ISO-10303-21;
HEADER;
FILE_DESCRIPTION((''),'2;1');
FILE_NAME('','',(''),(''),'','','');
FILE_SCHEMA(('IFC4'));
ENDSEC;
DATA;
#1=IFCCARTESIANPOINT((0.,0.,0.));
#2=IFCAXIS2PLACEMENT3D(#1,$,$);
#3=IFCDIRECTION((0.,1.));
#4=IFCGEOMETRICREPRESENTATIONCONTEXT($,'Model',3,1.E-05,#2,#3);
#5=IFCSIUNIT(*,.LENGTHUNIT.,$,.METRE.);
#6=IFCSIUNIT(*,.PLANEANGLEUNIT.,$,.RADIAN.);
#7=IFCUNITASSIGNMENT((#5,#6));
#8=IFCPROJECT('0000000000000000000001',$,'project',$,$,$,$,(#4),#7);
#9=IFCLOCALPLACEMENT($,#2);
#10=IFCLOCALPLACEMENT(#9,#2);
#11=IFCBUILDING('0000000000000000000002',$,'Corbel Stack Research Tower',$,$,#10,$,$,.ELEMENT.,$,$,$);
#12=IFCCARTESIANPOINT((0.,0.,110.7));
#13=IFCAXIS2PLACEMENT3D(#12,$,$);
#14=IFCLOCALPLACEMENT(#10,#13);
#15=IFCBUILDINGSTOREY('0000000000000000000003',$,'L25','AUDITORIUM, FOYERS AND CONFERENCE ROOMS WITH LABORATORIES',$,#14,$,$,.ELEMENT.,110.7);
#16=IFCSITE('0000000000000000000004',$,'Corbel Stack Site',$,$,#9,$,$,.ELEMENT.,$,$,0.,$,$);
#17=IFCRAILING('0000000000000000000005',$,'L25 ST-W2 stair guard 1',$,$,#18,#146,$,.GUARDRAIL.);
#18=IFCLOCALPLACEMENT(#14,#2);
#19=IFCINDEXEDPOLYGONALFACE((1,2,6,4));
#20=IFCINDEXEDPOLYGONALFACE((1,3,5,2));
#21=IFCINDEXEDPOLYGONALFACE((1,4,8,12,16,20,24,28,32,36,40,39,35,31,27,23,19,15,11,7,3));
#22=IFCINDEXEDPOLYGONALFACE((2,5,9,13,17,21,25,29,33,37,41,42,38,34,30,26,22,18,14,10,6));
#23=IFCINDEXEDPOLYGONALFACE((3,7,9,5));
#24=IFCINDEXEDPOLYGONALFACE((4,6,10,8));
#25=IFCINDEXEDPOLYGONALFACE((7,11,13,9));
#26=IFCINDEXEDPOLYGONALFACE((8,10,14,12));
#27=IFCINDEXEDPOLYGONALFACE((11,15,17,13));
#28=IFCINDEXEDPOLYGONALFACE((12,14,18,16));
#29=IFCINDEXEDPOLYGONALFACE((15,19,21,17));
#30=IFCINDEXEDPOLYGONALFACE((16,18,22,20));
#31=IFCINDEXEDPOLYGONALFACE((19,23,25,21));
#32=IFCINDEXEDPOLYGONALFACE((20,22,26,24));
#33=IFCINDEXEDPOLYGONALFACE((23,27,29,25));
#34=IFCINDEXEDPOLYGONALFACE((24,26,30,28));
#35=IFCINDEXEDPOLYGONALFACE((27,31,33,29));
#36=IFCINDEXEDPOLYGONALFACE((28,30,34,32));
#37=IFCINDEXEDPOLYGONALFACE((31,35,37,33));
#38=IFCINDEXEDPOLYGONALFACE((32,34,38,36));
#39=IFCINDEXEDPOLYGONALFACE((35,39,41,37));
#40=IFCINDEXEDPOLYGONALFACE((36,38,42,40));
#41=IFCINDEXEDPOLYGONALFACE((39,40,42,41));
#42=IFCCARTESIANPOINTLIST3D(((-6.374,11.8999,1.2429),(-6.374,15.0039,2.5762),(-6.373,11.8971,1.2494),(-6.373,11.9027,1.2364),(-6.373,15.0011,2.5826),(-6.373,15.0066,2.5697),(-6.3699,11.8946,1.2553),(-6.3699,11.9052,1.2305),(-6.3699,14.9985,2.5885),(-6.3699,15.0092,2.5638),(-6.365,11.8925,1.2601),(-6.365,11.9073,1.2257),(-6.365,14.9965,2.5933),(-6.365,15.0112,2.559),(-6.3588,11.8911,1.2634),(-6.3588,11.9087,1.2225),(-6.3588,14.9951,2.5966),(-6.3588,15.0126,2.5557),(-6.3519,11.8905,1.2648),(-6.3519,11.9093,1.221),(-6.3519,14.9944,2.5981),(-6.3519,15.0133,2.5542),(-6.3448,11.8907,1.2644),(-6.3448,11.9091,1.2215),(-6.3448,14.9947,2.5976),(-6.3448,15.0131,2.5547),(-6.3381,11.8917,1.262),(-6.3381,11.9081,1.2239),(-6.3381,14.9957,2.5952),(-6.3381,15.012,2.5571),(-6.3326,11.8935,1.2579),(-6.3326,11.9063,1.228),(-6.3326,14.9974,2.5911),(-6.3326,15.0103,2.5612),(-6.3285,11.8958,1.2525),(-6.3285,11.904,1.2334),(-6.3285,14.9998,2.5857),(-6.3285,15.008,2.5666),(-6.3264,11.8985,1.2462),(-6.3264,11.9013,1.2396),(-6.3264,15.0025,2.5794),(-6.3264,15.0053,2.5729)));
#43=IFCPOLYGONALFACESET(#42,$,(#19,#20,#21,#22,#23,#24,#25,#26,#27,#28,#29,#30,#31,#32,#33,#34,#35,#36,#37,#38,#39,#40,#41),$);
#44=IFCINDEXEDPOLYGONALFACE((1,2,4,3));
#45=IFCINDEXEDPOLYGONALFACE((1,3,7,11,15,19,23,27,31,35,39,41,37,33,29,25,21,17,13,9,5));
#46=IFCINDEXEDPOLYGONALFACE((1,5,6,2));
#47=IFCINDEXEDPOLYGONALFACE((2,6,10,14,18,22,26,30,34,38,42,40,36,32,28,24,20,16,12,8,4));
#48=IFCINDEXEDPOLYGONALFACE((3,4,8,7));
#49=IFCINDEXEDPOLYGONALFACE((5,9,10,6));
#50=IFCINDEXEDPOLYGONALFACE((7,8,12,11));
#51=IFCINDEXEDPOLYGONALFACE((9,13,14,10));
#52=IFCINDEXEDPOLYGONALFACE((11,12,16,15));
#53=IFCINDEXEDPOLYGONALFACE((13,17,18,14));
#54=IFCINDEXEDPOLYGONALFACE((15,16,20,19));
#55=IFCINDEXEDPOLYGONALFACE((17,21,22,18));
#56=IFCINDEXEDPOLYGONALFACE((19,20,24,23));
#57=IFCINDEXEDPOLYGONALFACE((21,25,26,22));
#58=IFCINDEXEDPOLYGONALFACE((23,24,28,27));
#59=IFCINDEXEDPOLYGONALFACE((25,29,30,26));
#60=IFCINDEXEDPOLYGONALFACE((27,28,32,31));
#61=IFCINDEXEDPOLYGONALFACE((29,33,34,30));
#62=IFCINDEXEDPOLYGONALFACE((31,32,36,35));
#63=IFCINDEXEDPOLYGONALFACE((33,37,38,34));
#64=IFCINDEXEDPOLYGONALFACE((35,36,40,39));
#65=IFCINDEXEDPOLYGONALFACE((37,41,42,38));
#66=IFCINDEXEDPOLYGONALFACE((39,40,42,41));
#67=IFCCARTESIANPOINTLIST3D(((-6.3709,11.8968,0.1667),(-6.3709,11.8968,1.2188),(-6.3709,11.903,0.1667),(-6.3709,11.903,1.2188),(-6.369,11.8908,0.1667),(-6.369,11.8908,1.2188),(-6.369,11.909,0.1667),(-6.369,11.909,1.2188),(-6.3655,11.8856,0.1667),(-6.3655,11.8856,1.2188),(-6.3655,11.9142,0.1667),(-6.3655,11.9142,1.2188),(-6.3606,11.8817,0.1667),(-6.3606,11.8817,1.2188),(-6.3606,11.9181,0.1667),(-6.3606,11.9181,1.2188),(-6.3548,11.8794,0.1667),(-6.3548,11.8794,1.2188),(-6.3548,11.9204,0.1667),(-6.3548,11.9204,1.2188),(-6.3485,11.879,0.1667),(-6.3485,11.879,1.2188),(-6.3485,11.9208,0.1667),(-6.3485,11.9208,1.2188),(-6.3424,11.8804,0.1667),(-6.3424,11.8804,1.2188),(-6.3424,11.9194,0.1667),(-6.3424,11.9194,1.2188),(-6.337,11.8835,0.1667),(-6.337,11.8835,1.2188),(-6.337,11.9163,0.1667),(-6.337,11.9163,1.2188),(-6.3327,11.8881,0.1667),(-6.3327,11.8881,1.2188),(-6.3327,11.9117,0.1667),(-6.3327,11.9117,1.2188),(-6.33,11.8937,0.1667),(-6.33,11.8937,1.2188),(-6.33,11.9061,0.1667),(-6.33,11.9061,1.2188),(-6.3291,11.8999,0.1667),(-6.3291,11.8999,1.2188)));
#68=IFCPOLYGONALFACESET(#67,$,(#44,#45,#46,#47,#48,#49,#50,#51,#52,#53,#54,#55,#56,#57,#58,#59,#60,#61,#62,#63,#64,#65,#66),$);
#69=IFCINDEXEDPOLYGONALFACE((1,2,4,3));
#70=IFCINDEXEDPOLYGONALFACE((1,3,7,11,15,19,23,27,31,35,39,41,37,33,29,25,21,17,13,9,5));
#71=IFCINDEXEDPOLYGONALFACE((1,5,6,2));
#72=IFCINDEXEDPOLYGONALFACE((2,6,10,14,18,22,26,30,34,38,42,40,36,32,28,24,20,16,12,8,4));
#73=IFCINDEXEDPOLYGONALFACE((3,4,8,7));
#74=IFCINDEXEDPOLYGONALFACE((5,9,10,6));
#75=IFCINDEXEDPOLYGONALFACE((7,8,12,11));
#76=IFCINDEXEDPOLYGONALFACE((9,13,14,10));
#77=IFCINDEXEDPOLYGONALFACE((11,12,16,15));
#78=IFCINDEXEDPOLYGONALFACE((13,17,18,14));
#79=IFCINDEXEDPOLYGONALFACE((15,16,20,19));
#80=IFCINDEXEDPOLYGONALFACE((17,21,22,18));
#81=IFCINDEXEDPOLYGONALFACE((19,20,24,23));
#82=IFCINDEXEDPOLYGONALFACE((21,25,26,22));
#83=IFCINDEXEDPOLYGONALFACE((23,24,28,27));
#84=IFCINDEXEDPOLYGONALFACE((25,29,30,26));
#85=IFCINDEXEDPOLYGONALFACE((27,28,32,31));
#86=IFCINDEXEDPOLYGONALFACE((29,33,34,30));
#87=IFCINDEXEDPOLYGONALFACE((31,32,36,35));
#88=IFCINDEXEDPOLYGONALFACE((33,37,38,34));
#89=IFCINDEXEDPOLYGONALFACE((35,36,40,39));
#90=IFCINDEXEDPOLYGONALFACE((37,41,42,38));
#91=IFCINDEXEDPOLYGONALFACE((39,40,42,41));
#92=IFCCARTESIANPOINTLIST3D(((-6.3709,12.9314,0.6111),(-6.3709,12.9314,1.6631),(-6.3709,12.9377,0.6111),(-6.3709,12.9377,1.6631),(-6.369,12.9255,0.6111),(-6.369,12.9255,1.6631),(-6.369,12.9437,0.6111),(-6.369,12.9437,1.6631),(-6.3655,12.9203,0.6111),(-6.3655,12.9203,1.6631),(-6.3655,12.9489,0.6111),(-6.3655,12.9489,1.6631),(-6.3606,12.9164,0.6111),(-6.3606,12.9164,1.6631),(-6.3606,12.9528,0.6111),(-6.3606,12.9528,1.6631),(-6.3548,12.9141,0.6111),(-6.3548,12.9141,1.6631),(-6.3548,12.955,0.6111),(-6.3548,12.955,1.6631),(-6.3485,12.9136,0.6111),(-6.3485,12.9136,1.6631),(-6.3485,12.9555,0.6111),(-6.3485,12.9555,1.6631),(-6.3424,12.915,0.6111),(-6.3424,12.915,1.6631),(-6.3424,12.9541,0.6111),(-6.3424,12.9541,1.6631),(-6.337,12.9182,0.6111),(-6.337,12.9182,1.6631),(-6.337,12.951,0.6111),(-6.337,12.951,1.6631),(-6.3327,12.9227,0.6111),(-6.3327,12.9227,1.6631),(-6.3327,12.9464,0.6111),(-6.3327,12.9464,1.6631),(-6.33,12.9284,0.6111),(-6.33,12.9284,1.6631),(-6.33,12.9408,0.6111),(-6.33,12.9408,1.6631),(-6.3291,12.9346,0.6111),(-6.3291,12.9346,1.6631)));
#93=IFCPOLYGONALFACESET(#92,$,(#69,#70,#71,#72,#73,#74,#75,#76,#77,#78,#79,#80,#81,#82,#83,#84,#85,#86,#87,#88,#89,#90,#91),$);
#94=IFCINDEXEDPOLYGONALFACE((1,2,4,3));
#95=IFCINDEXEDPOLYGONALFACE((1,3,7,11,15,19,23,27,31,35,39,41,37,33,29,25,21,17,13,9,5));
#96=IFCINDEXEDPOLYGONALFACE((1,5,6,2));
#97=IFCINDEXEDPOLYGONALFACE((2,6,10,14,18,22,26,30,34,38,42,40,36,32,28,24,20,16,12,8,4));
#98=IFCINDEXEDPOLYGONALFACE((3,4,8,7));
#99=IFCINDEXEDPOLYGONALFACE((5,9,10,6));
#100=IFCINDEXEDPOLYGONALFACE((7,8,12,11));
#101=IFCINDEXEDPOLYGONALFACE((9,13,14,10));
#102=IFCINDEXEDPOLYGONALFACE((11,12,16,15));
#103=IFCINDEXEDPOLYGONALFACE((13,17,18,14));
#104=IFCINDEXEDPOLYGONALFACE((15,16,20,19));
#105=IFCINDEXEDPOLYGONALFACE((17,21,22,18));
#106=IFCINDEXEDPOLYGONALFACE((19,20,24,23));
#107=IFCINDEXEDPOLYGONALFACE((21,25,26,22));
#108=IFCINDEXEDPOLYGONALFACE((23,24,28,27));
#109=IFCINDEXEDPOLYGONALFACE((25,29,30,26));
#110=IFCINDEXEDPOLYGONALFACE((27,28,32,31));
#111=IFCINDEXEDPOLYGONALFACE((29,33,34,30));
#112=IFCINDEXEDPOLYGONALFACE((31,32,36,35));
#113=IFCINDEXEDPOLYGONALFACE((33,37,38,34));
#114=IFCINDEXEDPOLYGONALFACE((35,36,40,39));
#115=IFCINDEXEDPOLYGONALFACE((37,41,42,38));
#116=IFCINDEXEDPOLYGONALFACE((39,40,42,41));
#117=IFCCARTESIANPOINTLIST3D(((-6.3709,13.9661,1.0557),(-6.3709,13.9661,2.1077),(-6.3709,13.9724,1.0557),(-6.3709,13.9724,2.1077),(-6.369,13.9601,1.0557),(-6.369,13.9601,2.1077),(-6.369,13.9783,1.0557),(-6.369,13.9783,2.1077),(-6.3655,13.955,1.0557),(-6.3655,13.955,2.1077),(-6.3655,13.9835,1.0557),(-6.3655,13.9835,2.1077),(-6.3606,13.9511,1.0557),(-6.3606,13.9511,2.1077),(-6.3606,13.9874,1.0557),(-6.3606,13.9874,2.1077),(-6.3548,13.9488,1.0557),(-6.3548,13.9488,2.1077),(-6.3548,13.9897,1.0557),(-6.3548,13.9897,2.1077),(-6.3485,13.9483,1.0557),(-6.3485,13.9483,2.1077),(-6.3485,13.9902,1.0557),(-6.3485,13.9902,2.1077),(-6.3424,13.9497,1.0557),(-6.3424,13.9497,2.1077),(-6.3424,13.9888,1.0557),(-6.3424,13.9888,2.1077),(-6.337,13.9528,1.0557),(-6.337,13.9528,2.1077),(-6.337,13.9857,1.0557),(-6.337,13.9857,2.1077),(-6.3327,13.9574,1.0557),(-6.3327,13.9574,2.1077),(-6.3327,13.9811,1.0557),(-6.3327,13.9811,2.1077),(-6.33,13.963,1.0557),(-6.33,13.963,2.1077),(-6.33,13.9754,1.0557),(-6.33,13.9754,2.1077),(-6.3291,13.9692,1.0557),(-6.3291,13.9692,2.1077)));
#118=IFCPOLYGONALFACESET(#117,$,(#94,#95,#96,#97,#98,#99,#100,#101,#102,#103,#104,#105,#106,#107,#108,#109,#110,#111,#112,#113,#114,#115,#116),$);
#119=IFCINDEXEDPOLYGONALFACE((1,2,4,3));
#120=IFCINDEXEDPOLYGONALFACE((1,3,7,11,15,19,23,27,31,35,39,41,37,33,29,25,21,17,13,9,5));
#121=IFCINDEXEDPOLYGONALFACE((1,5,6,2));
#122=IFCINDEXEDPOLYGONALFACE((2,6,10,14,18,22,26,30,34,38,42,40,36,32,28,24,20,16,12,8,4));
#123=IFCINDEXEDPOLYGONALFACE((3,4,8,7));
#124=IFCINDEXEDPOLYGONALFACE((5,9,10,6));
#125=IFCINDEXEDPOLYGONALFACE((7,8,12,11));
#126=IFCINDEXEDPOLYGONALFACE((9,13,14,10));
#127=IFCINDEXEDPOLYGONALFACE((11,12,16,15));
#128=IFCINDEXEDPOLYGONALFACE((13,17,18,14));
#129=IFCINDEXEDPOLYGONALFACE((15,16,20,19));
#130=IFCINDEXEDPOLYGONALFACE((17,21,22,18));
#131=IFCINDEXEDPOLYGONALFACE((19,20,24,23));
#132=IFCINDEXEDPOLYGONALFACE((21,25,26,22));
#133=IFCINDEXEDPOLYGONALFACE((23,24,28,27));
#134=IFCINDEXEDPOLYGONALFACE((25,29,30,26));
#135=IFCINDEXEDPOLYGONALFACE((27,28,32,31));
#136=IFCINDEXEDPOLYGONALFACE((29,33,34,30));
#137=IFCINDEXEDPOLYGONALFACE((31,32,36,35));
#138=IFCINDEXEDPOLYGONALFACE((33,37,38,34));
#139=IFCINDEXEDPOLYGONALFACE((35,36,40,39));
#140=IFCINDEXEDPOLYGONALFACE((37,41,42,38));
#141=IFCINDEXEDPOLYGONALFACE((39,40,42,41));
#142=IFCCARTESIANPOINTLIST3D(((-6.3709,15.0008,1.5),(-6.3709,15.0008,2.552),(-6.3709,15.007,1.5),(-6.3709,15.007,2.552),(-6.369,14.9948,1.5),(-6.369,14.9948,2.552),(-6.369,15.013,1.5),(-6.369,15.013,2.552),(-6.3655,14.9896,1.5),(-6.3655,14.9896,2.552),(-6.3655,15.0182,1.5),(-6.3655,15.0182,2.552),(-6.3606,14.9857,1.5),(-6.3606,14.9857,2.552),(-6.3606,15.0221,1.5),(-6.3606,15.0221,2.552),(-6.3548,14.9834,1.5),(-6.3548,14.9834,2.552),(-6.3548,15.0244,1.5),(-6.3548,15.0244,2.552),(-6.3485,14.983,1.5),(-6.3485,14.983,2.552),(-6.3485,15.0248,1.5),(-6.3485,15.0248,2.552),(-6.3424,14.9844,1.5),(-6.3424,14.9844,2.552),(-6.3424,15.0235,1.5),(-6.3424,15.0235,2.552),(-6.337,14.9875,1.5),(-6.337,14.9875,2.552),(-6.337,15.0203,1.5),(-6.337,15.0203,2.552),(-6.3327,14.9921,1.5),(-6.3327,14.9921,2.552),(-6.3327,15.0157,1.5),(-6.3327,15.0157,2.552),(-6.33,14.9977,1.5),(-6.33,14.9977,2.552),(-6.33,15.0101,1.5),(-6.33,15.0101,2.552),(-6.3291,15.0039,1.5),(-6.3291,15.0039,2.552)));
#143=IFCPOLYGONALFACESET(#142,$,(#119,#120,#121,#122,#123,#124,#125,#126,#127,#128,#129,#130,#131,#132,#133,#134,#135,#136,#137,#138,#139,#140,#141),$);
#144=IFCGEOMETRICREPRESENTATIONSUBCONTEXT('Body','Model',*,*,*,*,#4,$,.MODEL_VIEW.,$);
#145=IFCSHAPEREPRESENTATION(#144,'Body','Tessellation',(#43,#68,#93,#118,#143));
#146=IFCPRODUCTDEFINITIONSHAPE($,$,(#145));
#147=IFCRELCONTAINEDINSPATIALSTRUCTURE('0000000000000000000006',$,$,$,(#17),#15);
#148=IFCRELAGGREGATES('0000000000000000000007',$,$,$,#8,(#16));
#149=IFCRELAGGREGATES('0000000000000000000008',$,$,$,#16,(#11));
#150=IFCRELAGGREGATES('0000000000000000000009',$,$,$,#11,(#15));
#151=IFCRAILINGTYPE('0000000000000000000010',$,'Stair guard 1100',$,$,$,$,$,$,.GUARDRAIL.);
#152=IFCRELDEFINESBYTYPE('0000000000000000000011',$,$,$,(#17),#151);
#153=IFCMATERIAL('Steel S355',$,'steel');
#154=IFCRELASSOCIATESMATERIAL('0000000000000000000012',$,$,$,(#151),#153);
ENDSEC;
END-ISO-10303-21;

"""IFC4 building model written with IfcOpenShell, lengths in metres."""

from ifc_helpers import new_model, si_unit, direction, frame, origin, origin_2d, place, context, subcontext, project, spatial, circle, extrude, material, type_object, element, save


model = new_model("IFC4")

# Units and contexts
model_context = context("Model", 3, precision=1e-05, world=origin(), true_north=direction((0.0, 1.0)))
body_context = subcontext(model_context, "Body", "Model", "MODEL_VIEW")
ifc_project = project(units=[si_unit("LENGTHUNIT", "METRE"), si_unit("PLANEANGLEUNIT", "RADIAN")], contexts=[model_context])

# Site, building, storey
site_placement = place(None, origin())
site = spatial("IfcSite", under=ifc_project, at=site_placement, Name="Corbel Stack Site", CompositionType="ELEMENT", RefElevation=0.0)
building_placement = place(site_placement, origin())
building = spatial("IfcBuilding", under=site, at=building_placement, Name="Corbel Stack Research Tower", CompositionType="ELEMENT")
storey_placement = place(building_placement, frame((0.0, 0.0, 110.7)))
storey = spatial("IfcBuildingStorey", under=building, at=storey_placement, Name="L25", Description="AUDITORIUM, FOYERS AND CONFERENCE ROOMS WITH LABORATORIES", CompositionType="ELEMENT", Elevation=110.7)

# Railing
ifc_material_1 = material(Name="Steel S355", Category="steel")
railing_type_1 = type_object("IfcRailingType", Name="Stair guard 1100", PredefinedType="GUARDRAIL", material=ifc_material_1)
railing_1_placement = place(storey_placement, frame((-6.3501, 11.8999, 0.1667)))
element("IfcRailing", 1, at=railing_1_placement, inside=storey, type_object=railing_type_1, Name="L25 ST-W2 stair guard 1", PredefinedType="GUARDRAIL", context=body_context, shape_type="SweptSolid", body=[
    extrude(circle(Radius=0.0239, at=origin_2d()), frame((0.0, 0.0, 1.0762), z_axis=(0.0, 0.918827, 0.394661), x_axis=(-1.0, 0.0, 0.0)), (0.0, 0.0, 1.0), 3.3782),
    extrude(circle(Radius=0.021, at=origin_2d()), origin(), (0.0, 0.0, 1.0), 1.052),
    extrude(circle(Radius=0.021, at=origin_2d()), frame((0.0, 1.0347, 0.4443)), (0.0, 0.0, 1.0), 1.052),
    extrude(circle(Radius=0.021, at=origin_2d()), frame((0.0, 2.0693, 0.8889)), (0.0, 0.0, 1.0), 1.052),
    extrude(circle(Radius=0.021, at=origin_2d()), frame((0.0, 3.104, 1.3333)), (0.0, 0.0, 1.0), 1.052),
])

save(model, "model.ifc")
